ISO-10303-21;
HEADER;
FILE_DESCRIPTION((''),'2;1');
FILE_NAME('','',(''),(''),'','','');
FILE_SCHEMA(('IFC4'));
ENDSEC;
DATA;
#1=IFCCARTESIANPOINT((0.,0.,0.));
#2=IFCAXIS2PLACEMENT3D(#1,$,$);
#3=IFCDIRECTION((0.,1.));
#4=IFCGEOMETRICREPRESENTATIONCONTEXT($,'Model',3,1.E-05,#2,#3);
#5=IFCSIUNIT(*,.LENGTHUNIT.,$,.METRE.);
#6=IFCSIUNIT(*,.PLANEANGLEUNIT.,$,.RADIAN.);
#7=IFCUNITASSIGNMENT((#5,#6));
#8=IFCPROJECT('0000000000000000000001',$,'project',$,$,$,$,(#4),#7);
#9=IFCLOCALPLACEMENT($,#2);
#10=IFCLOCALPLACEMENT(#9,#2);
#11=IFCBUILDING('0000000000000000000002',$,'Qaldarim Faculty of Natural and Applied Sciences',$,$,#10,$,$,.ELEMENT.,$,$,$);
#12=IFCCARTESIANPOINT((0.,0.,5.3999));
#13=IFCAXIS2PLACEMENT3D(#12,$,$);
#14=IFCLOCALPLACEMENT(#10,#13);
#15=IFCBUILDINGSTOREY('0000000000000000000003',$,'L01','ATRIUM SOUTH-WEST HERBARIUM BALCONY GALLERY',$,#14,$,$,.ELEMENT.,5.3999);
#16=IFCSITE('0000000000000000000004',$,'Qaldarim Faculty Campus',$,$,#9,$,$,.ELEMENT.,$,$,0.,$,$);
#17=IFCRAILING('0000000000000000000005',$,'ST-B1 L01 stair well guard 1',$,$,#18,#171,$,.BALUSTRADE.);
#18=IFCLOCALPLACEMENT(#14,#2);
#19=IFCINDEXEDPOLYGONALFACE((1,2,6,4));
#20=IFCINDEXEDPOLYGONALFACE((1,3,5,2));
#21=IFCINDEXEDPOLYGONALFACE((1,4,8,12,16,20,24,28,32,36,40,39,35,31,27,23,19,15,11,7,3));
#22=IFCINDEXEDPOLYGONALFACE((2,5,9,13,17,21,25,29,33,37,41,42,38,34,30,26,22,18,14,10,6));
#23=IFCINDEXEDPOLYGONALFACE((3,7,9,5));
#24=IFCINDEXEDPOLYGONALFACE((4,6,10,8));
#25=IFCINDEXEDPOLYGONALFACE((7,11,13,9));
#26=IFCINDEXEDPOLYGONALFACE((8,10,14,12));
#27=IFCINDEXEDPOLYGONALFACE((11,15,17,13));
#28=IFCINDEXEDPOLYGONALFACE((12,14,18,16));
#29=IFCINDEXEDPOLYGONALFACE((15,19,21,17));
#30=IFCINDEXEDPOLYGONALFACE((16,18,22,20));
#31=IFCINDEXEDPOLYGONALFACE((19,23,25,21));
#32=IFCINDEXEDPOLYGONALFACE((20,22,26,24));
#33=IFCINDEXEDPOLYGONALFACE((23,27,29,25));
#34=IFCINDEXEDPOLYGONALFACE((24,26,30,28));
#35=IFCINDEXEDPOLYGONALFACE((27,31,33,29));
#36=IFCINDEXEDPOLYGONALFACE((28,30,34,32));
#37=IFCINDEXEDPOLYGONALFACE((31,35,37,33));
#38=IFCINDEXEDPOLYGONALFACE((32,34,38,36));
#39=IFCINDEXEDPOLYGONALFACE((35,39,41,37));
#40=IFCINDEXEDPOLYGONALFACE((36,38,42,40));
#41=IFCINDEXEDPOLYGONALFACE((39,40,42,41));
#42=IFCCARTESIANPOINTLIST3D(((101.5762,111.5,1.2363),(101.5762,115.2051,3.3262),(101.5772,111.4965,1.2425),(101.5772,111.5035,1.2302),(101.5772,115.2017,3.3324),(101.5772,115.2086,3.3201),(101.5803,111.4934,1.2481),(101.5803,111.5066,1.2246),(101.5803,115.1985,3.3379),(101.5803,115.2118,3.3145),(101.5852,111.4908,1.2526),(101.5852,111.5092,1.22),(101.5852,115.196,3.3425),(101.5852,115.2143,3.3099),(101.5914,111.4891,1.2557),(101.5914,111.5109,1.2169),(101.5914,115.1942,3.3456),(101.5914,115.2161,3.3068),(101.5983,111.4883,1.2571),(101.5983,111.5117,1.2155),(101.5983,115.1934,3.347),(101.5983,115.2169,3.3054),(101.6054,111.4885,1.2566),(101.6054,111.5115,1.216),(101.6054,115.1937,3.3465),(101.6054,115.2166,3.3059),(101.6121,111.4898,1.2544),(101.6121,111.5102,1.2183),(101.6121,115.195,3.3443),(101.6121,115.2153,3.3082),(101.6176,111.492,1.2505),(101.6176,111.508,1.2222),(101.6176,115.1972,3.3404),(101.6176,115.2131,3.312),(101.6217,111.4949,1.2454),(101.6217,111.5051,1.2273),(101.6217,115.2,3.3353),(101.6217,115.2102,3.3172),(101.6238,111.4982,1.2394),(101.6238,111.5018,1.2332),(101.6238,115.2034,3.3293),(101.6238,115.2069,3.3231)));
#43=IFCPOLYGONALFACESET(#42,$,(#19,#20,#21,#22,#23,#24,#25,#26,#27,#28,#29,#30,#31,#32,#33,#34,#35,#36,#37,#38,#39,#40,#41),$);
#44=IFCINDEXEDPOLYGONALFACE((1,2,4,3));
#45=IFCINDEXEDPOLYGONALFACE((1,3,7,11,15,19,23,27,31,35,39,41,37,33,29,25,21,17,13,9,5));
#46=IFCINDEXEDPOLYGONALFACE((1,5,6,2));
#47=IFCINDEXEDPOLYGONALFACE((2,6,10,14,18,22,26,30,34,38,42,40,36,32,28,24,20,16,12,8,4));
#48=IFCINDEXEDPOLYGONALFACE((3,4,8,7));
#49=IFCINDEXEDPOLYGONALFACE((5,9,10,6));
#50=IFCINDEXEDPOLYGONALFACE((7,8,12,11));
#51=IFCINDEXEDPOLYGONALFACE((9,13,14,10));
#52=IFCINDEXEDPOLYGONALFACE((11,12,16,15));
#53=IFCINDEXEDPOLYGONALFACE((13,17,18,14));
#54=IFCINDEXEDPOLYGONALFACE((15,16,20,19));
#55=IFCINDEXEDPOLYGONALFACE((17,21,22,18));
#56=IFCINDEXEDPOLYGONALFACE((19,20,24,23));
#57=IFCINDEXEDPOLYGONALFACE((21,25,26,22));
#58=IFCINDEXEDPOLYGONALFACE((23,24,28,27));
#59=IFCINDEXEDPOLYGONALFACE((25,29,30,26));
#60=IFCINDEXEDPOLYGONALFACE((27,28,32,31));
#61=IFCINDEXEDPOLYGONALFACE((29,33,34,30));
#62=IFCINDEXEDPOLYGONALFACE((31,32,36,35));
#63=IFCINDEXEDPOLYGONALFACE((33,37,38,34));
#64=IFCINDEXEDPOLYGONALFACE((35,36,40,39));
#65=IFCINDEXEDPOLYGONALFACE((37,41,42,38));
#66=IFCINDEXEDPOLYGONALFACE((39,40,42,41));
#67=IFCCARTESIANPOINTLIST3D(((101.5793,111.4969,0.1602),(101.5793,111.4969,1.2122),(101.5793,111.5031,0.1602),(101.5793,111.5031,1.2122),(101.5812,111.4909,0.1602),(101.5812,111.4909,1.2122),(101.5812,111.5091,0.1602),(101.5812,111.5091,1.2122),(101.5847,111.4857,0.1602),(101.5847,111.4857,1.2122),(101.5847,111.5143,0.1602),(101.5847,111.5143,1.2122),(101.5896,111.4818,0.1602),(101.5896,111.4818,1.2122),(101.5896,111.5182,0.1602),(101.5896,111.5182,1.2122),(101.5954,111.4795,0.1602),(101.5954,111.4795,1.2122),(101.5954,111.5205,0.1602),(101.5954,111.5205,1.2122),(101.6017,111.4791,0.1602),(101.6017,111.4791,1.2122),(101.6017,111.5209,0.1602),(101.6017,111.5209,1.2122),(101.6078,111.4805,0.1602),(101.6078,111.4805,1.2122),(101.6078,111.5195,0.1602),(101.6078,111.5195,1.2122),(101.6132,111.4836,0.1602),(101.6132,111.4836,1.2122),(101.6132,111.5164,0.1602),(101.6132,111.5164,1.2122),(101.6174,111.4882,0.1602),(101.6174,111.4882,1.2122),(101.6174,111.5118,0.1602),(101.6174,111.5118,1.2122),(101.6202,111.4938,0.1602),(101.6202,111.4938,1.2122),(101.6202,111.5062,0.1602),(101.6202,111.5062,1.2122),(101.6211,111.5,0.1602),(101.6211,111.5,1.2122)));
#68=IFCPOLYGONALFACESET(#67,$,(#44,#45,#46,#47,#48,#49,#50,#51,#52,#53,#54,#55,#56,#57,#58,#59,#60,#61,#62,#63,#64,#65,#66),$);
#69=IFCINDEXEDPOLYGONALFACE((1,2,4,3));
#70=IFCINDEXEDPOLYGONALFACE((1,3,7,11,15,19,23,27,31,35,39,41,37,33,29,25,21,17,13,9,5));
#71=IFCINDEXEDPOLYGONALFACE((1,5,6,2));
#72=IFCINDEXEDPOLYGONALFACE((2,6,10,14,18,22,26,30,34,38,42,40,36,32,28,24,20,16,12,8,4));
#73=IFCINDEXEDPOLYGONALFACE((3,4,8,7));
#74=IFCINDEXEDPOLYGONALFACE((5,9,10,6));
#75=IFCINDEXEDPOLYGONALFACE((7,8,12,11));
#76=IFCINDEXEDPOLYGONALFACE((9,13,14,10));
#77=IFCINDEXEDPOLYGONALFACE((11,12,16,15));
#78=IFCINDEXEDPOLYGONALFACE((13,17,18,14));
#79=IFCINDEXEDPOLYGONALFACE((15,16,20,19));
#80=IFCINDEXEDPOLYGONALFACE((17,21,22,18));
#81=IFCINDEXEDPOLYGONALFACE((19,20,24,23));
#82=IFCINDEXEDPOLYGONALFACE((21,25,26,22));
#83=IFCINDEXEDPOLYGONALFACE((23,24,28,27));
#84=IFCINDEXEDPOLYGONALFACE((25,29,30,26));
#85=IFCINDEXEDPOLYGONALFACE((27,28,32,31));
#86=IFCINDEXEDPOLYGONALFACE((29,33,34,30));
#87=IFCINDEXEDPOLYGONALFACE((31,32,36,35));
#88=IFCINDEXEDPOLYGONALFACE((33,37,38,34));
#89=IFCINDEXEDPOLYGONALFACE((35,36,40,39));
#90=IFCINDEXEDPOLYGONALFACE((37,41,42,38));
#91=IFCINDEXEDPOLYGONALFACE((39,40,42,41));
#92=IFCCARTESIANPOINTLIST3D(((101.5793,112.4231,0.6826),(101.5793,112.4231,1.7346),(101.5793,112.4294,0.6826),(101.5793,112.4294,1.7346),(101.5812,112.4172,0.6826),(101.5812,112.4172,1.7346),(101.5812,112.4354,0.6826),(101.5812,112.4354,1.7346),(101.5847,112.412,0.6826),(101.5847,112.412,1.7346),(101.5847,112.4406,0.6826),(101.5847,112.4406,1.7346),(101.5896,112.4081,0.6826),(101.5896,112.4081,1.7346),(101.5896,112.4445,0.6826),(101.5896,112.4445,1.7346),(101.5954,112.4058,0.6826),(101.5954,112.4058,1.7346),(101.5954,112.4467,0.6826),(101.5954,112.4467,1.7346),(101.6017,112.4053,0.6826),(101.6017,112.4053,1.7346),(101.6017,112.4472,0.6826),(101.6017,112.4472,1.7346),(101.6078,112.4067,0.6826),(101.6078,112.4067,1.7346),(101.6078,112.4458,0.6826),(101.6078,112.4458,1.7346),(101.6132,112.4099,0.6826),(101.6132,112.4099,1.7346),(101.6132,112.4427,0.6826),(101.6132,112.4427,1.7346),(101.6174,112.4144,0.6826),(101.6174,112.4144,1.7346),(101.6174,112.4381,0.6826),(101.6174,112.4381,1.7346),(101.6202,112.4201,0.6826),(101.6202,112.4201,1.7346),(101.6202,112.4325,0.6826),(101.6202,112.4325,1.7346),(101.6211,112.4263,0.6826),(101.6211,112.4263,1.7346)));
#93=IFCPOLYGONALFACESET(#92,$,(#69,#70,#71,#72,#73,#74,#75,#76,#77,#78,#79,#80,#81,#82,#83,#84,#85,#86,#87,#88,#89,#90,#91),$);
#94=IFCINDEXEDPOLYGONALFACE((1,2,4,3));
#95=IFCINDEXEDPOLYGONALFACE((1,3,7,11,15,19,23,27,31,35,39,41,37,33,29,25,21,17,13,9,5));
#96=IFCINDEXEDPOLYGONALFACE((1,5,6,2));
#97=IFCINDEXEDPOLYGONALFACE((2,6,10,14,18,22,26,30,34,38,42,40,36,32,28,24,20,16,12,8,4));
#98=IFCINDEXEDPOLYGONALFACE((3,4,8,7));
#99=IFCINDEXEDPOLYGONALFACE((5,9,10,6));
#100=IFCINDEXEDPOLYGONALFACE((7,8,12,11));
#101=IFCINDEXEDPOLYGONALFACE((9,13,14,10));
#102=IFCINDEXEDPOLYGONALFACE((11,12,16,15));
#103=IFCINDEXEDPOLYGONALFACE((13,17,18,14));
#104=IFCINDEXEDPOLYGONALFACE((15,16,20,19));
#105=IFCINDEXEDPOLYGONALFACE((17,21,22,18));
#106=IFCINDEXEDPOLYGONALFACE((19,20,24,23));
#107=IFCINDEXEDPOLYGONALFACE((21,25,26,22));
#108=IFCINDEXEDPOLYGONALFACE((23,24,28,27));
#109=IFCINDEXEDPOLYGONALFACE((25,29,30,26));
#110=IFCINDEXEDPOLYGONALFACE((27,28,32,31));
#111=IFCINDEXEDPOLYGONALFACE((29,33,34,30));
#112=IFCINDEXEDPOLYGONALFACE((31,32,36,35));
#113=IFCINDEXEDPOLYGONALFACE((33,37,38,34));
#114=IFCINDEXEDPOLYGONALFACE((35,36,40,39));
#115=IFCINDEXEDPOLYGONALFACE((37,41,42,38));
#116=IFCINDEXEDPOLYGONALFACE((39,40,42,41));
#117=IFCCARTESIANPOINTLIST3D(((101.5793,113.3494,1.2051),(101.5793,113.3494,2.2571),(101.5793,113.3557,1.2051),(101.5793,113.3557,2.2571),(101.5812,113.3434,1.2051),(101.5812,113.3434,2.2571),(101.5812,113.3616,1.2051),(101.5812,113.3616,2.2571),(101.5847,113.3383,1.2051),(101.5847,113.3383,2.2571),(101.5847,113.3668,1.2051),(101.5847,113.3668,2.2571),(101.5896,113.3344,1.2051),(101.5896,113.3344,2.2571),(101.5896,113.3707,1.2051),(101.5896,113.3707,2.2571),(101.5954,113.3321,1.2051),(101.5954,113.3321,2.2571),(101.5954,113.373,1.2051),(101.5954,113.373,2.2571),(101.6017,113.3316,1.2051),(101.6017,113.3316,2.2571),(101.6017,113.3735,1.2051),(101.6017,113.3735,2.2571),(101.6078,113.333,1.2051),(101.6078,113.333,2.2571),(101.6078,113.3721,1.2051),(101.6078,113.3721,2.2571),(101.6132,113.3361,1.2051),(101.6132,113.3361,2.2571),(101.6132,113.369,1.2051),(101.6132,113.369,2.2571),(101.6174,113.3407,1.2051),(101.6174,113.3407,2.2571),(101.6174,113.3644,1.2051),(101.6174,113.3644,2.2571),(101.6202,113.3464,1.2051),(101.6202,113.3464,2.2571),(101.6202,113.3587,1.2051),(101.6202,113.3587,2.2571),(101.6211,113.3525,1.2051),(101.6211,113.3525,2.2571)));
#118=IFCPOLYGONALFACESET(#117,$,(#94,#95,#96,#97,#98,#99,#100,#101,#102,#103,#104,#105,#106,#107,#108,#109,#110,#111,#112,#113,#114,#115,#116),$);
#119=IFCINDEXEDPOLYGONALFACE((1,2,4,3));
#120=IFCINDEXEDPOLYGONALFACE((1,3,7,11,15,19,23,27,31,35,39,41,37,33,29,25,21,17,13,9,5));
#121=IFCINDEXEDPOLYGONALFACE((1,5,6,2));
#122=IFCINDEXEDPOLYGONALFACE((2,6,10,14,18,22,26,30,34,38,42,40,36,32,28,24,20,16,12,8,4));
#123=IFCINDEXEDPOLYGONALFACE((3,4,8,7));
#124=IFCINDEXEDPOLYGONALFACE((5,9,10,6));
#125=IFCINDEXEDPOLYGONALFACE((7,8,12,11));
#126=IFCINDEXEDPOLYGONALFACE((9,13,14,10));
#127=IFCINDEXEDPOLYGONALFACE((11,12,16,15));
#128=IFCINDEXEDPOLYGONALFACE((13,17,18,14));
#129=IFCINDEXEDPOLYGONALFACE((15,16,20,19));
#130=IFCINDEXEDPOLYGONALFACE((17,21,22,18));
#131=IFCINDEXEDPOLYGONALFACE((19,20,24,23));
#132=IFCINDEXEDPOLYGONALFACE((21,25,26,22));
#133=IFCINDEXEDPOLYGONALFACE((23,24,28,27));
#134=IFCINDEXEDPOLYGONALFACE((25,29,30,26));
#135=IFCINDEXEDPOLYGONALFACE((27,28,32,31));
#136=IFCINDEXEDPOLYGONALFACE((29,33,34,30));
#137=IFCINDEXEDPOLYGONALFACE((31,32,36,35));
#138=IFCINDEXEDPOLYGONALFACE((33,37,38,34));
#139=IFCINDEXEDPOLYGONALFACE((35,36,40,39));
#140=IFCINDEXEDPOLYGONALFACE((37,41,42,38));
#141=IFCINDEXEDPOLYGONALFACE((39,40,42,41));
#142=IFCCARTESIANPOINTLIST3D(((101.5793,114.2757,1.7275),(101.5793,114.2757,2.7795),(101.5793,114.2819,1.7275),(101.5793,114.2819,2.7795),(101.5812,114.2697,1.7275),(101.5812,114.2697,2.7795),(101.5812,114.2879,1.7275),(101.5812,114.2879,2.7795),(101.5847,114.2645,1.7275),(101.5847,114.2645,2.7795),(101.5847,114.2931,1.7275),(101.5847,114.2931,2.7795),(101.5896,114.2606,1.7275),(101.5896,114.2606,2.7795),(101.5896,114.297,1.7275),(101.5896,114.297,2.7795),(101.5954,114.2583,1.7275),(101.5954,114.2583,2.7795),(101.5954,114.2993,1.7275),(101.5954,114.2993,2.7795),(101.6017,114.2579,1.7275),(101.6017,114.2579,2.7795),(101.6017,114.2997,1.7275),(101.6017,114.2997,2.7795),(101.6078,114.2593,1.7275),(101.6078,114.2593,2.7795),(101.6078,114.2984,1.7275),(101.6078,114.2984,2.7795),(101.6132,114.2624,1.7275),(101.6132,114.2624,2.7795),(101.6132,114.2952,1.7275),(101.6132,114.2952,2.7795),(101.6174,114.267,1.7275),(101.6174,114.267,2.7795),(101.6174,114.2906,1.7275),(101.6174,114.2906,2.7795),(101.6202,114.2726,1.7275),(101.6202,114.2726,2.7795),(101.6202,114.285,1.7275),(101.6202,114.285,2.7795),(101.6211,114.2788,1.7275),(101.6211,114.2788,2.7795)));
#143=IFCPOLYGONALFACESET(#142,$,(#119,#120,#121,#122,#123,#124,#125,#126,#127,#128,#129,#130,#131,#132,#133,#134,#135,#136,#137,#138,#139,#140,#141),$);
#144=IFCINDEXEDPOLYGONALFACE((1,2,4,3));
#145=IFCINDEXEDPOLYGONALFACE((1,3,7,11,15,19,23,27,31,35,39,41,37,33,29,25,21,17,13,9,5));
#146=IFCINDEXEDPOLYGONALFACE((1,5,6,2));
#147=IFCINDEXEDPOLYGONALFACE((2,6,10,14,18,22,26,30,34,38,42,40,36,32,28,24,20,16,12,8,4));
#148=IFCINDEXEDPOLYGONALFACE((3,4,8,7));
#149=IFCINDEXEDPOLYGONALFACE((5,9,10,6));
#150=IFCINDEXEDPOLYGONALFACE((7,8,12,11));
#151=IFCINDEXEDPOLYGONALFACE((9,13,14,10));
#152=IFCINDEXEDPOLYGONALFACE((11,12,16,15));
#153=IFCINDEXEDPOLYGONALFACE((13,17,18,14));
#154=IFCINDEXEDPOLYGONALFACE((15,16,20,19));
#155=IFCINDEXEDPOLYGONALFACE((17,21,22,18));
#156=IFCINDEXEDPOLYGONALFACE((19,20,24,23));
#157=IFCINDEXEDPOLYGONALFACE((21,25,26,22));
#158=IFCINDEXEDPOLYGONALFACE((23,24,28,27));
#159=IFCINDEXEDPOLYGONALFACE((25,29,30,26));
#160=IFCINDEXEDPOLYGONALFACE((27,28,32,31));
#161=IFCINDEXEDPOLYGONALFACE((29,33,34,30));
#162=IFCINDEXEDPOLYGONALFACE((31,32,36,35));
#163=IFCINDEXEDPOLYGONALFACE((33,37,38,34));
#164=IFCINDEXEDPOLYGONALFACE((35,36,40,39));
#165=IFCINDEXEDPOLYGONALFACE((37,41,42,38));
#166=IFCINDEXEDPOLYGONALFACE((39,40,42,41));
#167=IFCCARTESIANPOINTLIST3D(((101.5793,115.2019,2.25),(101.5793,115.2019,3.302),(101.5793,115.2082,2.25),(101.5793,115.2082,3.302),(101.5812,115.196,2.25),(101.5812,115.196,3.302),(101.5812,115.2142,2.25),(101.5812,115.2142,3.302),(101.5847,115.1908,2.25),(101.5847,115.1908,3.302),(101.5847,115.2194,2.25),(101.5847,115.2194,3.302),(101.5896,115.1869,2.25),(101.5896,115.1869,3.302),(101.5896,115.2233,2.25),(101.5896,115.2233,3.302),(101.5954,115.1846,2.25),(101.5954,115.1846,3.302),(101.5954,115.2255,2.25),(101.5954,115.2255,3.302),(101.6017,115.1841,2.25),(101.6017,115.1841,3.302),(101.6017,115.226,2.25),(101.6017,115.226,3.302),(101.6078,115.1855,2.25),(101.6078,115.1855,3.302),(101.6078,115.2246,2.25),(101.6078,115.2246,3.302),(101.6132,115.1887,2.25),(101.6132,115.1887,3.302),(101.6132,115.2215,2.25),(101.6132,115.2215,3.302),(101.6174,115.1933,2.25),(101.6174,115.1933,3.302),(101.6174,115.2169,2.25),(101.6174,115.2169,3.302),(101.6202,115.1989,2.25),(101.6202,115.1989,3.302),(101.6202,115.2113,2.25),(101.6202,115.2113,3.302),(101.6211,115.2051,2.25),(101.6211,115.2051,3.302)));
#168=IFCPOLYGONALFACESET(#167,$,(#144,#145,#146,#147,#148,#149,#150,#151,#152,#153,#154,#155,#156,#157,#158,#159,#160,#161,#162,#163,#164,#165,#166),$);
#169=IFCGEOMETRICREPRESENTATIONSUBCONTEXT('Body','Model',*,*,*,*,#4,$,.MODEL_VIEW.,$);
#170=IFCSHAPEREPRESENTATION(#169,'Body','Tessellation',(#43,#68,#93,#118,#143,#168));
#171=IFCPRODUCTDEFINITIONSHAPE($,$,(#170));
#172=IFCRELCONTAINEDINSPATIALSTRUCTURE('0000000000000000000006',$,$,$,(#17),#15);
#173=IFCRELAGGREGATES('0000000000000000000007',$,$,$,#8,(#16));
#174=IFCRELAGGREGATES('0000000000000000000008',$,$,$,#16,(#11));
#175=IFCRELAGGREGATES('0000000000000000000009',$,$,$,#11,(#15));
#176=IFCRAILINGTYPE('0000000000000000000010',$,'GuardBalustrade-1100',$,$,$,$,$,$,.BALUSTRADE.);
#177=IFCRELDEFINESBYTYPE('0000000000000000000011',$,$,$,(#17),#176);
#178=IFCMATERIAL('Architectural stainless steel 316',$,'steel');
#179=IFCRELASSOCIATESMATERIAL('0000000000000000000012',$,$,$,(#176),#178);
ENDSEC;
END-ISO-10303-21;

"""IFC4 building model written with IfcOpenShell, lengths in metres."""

from ifc_helpers import new_model, si_unit, direction, frame, origin, origin_2d, place, context, subcontext, project, spatial, circle, extrude, material, type_object, element, save


model = new_model("IFC4")

# Units and contexts
model_context = context("Model", 3, precision=1e-05, world=origin(), true_north=direction((0.0, 1.0)))
body_context = subcontext(model_context, "Body", "Model", "MODEL_VIEW")
ifc_project = project(units=[si_unit("LENGTHUNIT", "METRE"), si_unit("PLANEANGLEUNIT", "RADIAN")], contexts=[model_context])

# Site, building, storey
site_placement = place(None, origin())
site = spatial("IfcSite", under=ifc_project, at=site_placement, Name="Qaldarim Faculty Campus", CompositionType="ELEMENT", RefElevation=0.0)
building_placement = place(site_placement, origin())
building = spatial("IfcBuilding", under=site, at=building_placement, Name="Qaldarim Faculty of Natural and Applied Sciences", CompositionType="ELEMENT")
storey_placement = place(building_placement, frame((0.0, 0.0, 5.3999)))
storey = spatial("IfcBuildingStorey", under=building, at=storey_placement, Name="L01", Description="ATRIUM SOUTH-WEST HERBARIUM BALCONY GALLERY", CompositionType="ELEMENT", Elevation=5.3999)

# Shared definitions
ifc_material_1 = material(Name="Architectural stainless steel 316", Category="steel")

# Railing
railing_type_1 = type_object("IfcRailingType", Name="GuardBalustrade-1100", PredefinedType="BALUSTRADE", material=ifc_material_1)
railing_1_placement = place(storey_placement, frame((101.6001, 111.5, 0.1602)))
element("IfcRailing", 1, at=railing_1_placement, inside=storey, type_object=railing_type_1, Name="ST-B1 L01 stair well guard 1", PredefinedType="BALUSTRADE", context=body_context, shape_type="SweptSolid", body=[
    extrude(circle(Radius=0.0239, at=origin_2d()), frame((0.0, 0.0, 1.0762), z_axis=(0.0, 0.870999, 0.491285), x_axis=(-1.0, 0.0, 0.0)), (0.0, 0.0, 1.0), 4.2539),
    extrude(circle(Radius=0.021, at=origin_2d()), origin(), (0.0, 0.0, 1.0), 1.052),
    extrude(circle(Radius=0.021, at=origin_2d()), frame((0.0, 0.9263, 0.5225)), (0.0, 0.0, 1.0), 1.052),
    extrude(circle(Radius=0.021, at=origin_2d()), frame((0.0, 1.8525, 1.0449)), (0.0, 0.0, 1.0), 1.052),
    extrude(circle(Radius=0.021, at=origin_2d()), frame((0.0, 2.7788, 1.5674)), (0.0, 0.0, 1.0), 1.052),
    extrude(circle(Radius=0.021, at=origin_2d()), frame((0.0, 3.7051, 2.0898)), (0.0, 0.0, 1.0), 1.052),
])

save(model, "model.ifc")
